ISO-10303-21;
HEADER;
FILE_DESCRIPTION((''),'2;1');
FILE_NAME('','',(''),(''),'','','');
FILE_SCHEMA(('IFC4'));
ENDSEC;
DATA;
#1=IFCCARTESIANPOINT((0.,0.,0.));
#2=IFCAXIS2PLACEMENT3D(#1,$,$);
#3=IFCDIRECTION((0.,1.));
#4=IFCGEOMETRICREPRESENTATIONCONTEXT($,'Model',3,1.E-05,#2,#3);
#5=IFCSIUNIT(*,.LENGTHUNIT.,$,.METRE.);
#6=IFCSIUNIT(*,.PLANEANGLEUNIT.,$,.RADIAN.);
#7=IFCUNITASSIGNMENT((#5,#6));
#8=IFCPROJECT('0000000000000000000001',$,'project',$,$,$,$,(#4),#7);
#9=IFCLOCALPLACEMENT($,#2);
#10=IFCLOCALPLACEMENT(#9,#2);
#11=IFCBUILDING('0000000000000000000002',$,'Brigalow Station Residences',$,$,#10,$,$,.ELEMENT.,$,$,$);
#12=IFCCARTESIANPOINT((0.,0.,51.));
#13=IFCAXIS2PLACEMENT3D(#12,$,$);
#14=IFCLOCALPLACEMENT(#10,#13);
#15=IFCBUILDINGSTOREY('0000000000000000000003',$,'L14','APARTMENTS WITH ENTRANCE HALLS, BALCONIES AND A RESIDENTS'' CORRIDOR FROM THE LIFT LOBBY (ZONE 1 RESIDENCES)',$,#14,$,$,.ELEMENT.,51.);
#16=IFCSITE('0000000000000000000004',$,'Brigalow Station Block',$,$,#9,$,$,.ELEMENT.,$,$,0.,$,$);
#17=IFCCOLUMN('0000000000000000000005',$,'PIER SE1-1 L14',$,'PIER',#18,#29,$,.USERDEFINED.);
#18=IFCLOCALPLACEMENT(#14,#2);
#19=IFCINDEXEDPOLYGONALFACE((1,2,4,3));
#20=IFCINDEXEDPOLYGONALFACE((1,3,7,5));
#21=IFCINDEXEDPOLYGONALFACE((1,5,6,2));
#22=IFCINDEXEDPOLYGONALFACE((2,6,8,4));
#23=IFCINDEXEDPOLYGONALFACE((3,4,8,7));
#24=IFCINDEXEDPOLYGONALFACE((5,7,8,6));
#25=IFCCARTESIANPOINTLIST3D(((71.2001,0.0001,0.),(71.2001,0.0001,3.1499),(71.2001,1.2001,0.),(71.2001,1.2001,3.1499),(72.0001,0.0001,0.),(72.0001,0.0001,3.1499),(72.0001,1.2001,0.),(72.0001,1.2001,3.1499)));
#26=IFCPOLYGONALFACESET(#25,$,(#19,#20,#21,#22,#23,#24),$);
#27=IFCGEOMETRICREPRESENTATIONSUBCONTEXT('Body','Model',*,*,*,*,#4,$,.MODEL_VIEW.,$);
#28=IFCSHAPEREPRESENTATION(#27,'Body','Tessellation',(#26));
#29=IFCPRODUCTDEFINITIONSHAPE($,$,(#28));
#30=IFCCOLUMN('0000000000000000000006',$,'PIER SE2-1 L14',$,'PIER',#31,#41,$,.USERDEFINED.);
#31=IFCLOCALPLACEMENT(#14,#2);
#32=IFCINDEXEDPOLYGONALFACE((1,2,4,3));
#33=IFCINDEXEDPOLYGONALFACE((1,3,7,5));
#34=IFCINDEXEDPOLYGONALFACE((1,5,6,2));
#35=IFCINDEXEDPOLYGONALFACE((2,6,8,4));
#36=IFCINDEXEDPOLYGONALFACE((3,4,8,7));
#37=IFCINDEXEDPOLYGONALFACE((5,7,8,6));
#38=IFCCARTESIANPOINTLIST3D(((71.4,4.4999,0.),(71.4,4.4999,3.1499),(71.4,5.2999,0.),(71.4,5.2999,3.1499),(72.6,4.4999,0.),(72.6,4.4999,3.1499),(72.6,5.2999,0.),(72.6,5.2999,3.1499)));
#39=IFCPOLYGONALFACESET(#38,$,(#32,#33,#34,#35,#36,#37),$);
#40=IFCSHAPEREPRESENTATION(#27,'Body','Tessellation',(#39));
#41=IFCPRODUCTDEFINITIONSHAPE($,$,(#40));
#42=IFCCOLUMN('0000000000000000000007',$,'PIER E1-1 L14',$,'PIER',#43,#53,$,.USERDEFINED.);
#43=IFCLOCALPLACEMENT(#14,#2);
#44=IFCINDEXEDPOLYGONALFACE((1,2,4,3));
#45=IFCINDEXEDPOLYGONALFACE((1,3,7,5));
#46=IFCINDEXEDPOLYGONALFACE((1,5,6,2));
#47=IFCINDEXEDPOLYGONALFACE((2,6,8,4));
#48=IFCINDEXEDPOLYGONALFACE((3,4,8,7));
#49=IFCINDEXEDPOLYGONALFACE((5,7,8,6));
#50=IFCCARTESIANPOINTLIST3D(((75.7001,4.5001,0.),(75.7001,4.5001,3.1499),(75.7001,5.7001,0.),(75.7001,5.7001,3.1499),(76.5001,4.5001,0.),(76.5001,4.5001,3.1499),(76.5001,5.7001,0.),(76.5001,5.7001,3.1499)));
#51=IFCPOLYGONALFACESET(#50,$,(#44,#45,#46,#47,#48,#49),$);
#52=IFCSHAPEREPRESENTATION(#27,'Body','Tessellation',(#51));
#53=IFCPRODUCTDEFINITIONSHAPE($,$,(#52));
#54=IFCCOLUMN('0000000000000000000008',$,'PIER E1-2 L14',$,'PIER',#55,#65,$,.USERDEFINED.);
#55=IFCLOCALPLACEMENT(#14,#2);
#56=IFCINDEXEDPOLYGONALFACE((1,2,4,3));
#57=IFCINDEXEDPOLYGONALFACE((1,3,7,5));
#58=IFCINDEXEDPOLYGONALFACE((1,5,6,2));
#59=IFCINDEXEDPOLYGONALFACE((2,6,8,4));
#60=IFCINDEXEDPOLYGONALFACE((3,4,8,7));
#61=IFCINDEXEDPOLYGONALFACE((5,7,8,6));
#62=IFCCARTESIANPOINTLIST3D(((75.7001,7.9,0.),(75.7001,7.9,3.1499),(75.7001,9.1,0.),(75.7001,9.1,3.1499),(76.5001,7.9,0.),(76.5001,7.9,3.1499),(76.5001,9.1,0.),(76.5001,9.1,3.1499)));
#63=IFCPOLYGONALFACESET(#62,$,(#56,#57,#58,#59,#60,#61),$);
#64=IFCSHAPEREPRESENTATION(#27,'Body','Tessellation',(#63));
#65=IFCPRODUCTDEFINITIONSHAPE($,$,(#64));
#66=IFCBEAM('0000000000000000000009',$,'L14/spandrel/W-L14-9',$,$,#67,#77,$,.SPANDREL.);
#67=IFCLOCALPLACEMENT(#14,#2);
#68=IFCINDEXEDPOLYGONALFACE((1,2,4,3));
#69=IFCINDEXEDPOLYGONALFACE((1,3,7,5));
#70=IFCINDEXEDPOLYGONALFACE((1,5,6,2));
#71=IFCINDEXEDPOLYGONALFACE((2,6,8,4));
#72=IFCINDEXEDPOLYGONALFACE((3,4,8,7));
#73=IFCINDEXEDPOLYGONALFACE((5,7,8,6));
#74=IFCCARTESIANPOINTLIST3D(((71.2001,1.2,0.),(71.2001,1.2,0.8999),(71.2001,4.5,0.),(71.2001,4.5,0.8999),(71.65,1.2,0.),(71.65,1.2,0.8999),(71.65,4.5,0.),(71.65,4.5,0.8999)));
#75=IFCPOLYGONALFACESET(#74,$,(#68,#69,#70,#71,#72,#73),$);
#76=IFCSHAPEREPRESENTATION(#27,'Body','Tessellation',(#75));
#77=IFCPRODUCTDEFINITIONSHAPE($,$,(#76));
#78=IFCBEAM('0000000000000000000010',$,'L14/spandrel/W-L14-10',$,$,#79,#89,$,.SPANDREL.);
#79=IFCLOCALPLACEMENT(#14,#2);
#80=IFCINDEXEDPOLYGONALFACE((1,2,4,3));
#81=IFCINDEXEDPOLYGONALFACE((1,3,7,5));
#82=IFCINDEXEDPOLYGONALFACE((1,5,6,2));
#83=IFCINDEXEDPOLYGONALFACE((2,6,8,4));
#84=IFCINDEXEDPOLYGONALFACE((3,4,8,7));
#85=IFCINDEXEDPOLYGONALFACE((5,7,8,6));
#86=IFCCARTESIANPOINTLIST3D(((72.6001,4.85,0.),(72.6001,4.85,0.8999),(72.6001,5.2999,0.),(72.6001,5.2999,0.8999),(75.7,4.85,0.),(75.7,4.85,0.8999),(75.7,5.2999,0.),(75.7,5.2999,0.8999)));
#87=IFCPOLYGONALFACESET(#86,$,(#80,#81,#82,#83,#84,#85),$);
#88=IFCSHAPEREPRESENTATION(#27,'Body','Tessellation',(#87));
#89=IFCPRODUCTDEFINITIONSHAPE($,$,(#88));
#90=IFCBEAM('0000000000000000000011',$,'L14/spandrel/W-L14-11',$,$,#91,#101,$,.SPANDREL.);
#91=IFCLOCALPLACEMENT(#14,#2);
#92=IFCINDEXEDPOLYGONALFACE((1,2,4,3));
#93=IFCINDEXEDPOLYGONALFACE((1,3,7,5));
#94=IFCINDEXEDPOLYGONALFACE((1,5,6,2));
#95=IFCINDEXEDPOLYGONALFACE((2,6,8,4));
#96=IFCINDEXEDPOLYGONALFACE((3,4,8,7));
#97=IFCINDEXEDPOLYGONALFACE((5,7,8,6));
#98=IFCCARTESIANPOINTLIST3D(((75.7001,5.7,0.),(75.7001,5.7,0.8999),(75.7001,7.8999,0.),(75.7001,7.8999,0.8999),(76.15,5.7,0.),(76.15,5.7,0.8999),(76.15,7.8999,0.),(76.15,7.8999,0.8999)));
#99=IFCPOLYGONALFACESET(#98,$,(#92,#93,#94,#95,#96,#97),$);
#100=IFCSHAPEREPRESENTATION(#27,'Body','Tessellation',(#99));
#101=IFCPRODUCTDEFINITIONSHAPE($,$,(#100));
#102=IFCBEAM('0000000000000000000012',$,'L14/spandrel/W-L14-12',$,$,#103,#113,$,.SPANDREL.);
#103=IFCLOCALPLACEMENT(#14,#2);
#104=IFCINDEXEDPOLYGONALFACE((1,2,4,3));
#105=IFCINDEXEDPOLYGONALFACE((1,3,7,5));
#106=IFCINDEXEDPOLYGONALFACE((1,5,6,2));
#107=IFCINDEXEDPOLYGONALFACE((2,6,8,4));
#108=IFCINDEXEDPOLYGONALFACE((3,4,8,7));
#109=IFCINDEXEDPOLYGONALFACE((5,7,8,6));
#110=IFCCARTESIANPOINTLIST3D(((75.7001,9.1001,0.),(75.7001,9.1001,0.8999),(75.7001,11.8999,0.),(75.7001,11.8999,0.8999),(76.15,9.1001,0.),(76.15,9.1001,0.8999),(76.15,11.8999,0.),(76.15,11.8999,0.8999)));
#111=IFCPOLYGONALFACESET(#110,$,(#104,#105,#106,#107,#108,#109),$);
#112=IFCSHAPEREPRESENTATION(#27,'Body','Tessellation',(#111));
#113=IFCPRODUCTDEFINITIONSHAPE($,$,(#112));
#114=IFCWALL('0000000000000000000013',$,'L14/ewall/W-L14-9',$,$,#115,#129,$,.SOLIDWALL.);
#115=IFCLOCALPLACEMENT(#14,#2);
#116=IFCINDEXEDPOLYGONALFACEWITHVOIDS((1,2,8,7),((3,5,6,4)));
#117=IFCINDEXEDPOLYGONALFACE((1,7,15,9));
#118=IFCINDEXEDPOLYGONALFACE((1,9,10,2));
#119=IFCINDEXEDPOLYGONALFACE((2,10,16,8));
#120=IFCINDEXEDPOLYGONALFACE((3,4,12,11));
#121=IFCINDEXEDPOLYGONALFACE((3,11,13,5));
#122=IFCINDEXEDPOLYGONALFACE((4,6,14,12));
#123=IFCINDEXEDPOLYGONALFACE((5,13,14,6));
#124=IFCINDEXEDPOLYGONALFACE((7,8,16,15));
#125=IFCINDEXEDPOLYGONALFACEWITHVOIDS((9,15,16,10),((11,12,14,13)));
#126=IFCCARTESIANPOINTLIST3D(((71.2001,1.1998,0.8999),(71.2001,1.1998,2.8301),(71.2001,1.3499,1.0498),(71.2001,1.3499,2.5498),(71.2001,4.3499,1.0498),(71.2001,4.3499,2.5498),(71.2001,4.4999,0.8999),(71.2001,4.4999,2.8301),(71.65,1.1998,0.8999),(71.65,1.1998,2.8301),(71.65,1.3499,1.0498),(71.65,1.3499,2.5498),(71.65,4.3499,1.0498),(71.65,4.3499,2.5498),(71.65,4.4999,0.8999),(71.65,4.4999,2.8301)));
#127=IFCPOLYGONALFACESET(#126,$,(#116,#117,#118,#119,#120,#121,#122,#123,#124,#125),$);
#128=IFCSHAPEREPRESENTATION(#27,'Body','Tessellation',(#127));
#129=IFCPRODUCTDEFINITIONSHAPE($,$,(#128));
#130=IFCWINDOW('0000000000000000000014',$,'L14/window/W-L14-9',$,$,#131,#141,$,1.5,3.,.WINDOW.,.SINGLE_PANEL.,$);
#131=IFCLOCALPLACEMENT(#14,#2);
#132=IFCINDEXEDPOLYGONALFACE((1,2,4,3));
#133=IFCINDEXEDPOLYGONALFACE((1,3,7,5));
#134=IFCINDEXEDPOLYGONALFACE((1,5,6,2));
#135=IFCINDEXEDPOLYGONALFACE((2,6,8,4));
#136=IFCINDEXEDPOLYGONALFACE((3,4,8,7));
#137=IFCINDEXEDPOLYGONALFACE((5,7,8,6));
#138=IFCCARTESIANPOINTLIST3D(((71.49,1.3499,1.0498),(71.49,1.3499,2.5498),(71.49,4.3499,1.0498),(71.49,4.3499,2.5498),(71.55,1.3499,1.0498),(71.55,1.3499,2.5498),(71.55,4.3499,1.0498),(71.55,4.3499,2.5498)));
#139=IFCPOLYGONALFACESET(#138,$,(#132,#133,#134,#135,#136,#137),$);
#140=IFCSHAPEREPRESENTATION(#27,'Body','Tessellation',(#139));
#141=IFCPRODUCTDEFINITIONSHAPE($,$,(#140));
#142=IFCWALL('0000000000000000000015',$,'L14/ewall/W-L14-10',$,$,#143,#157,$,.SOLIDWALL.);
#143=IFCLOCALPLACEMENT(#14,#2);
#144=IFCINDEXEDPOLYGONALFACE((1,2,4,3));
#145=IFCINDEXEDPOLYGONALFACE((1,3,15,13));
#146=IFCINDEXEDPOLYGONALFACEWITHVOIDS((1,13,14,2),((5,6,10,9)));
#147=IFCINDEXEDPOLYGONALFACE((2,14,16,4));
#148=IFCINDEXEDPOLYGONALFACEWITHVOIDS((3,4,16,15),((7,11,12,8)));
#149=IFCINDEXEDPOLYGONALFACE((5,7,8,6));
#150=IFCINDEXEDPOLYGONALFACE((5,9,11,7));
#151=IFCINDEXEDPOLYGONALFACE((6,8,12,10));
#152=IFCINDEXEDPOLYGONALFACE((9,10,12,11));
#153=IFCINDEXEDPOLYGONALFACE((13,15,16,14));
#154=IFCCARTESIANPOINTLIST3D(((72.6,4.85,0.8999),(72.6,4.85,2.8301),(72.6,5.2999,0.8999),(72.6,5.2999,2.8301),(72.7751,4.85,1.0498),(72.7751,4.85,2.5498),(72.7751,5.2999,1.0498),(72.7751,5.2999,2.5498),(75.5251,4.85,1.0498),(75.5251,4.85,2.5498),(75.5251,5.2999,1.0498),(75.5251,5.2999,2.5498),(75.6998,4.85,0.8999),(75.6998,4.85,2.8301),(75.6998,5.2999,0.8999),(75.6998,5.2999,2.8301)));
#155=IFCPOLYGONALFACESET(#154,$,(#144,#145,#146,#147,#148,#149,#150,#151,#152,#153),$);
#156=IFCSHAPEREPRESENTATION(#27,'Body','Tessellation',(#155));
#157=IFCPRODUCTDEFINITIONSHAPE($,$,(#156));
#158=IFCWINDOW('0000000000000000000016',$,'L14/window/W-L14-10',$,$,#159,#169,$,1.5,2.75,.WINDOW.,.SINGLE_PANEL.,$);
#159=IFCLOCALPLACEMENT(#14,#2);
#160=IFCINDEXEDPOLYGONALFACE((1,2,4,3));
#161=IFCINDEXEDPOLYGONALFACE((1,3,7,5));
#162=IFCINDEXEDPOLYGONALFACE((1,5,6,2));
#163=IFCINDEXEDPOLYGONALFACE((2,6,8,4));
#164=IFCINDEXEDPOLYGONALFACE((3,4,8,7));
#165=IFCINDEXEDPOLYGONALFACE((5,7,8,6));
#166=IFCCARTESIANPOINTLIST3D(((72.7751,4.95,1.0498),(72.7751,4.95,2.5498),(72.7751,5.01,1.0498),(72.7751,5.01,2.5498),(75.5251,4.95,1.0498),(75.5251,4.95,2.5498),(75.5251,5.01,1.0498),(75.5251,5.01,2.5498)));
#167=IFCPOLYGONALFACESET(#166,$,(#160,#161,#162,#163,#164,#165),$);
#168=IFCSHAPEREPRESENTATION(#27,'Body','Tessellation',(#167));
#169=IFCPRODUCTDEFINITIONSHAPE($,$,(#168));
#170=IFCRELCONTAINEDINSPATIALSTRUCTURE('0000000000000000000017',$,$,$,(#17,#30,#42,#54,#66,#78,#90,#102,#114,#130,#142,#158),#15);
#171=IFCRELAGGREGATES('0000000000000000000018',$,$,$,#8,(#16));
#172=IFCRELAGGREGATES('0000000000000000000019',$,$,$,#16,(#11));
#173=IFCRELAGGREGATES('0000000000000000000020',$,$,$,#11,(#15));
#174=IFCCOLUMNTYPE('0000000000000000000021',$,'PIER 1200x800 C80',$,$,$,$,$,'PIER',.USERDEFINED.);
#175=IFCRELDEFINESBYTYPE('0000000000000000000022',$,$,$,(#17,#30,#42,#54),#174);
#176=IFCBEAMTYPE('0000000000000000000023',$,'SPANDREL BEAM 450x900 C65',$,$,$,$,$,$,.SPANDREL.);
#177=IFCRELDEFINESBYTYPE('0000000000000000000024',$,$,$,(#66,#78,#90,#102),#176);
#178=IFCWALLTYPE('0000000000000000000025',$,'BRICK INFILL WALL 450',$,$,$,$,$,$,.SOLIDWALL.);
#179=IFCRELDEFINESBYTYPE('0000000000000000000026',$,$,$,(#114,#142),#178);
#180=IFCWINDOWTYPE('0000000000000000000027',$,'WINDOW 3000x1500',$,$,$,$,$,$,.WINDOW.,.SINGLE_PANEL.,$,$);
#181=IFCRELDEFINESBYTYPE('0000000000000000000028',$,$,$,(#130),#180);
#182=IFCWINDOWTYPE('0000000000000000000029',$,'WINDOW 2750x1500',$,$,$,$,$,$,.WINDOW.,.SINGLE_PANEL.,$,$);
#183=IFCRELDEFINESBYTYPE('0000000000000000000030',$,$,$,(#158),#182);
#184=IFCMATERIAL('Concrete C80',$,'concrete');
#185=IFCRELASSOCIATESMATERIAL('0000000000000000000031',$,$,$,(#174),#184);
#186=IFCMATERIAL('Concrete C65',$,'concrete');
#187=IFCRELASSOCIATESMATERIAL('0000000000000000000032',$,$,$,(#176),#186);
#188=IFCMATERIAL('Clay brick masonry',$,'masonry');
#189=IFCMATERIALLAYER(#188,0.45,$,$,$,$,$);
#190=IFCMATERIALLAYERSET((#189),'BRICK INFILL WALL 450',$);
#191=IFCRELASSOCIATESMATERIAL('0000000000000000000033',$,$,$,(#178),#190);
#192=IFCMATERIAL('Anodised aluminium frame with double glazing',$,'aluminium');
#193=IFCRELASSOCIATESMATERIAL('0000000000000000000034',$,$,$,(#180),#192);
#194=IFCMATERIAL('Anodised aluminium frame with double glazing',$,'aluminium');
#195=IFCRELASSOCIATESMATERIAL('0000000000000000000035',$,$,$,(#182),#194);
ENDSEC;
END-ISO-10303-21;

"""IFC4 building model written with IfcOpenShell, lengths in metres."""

from ifc_helpers import new_model, si_unit, direction, frame, frame_2d, origin, origin_2d, place, context, subcontext, project, spatial, rectangle, extrude, material, layer, layer_set, material_profile, profile_set, type_object, element, fill, save


model = new_model("IFC4")

# Units and contexts
model_context = context("Model", 3, precision=1e-05, world=origin(), true_north=direction((0.0, 1.0)))
body_context = subcontext(model_context, "Body", "Model", "MODEL_VIEW")
ifc_project = project(units=[si_unit("LENGTHUNIT", "METRE"), si_unit("PLANEANGLEUNIT", "RADIAN")], contexts=[model_context])

# Site, building, storey
site_placement = place(None, origin())
site = spatial("IfcSite", under=ifc_project, at=site_placement, Name="Brigalow Station Block", CompositionType="ELEMENT", RefElevation=0.0)
building_placement = place(site_placement, origin())
building = spatial("IfcBuilding", under=site, at=building_placement, Name="Brigalow Station Residences", CompositionType="ELEMENT")
storey_placement = place(building_placement, frame((0.0, 0.0, 51.0)))
storey = spatial("IfcBuildingStorey", under=building, at=storey_placement, Name="L14", Description="APARTMENTS WITH ENTRANCE HALLS, BALCONIES AND A RESIDENTS' CORRIDOR FROM THE LIFT LOBBY (ZONE 1 RESIDENCES)", CompositionType="ELEMENT", Elevation=51.0)

# Columns
ifc_material_1 = material(Name="Concrete C80", Category="concrete")
ifc_material_profile_1 = material_profile(ifc_material_1, rectangle(XDim=1.2, YDim=0.8, at=origin_2d()), Name="RC1200x800")
ifc_profile_set_1 = profile_set([ifc_material_profile_1], Name="Concrete C80")
column_type = type_object("IfcColumnType", Name="PIER 1200x800 C80", ElementType="PIER", PredefinedType="USERDEFINED", material=ifc_profile_set_1)
for number, where, z_axis, x_axis, name in (
    (1, (71.6001, 0.6001, 0.0), (0.0, 0.0, 1.0), (0.0, 1.0, 0.0), "PIER SE1-1 L14"),
    (2, (72.0, 4.8999, 0.0), (0.0, 0.0, 1.0), (1.0, 0.0, 0.0), "PIER SE2-1 L14"),
    (3, (76.1001, 5.1001, 0.0), (0.0, 0.0, 1.0), (0.0, 1.0, 0.0), "PIER E1-1 L14"),
    (4, (76.1001, 8.5, 0.0), (0.0, 0.0, 1.0), (0.0, 1.0, 0.0), "PIER E1-2 L14"),
):
    element("IfcColumn", number, at=place(storey_placement, frame(where, z_axis=z_axis, x_axis=x_axis)), inside=storey, type_object=column_type, Name=name, ObjectType="PIER", PredefinedType="USERDEFINED", context=body_context, shape_type="SweptSolid", body=[
        extrude(rectangle(XDim=1.2, YDim=0.8, at=origin_2d()), origin(), (0.0, 0.0, 1.0), 3.1499),
    ])

# Beams
ifc_material_2 = material(Name="Concrete C65", Category="concrete")
ifc_material_profile_2 = material_profile(ifc_material_2, rectangle(XDim=0.45, YDim=0.8999, at=origin_2d()), Name="RC450x900")
ifc_profile_set_2 = profile_set([ifc_material_profile_2], Name="Concrete C65")
beam_type = type_object("IfcBeamType", Name="SPANDREL BEAM 450x900 C65", PredefinedType="SPANDREL", material=ifc_profile_set_2)
beam_1_placement = place(storey_placement, frame((71.425, 1.2, 0.45), z_axis=(0.0, 1.0, 0.0), x_axis=(-1.0, 0.0, 0.0)))
element("IfcBeam", 5, at=beam_1_placement, inside=storey, type_object=beam_type, Name="L14/spandrel/W-L14-9", PredefinedType="SPANDREL", context=body_context, shape_type="SweptSolid", body=[
    extrude(rectangle(XDim=0.45, YDim=0.8999, at=origin_2d()), origin(), (0.0, 0.0, 1.0), 3.3),
])
beam_2_placement = place(storey_placement, frame((72.6001, 5.075, 0.45), z_axis=(1.0, 0.0, 0.0), x_axis=(0.0, 1.0, 0.0)))
element("IfcBeam", 6, at=beam_2_placement, inside=storey, type_object=beam_type, Name="L14/spandrel/W-L14-10", PredefinedType="SPANDREL", context=body_context, shape_type="SweptSolid", body=[
    extrude(rectangle(XDim=0.45, YDim=0.8999, at=origin_2d()), origin(), (0.0, 0.0, 1.0), 3.0999),
])
beam_3_placement = place(storey_placement, frame((75.925, 5.7, 0.45), z_axis=(0.0, 1.0, 0.0), x_axis=(-1.0, 0.0, 0.0)))
element("IfcBeam", 7, at=beam_3_placement, inside=storey, type_object=beam_type, Name="L14/spandrel/W-L14-11", PredefinedType="SPANDREL", context=body_context, shape_type="SweptSolid", body=[
    extrude(rectangle(XDim=0.45, YDim=0.8999, at=origin_2d()), origin(), (0.0, 0.0, 1.0), 2.2),
])
beam_4_placement = place(storey_placement, frame((75.925, 9.1001, 0.45), z_axis=(0.0, 1.0, 0.0), x_axis=(-1.0, 0.0, 0.0)))
element("IfcBeam", 8, at=beam_4_placement, inside=storey, type_object=beam_type, Name="L14/spandrel/W-L14-12", PredefinedType="SPANDREL", context=body_context, shape_type="SweptSolid", body=[
    extrude(rectangle(XDim=0.45, YDim=0.8999, at=origin_2d()), origin(), (0.0, 0.0, 1.0), 2.7998),
])

# Walls, openings, windows
ifc_material_3 = material(Name="Clay brick masonry", Category="masonry")
ifc_layer_1 = layer(ifc_material_3, 0.45)
ifc_layer_set_1 = layer_set([ifc_layer_1], Name="BRICK INFILL WALL 450")
wall_type_1 = type_object("IfcWallType", Name="BRICK INFILL WALL 450", PredefinedType="SOLIDWALL", material=ifc_layer_set_1)
wall_1_placement = place(storey_placement, frame((71.425, 1.2, 0.8999), z_axis=(0.0, 0.0, 1.0), x_axis=(0.0, 1.0, 0.0)))
wall_1 = element("IfcWall", 9, at=wall_1_placement, inside=storey, type_object=wall_type_1, Name="L14/ewall/W-L14-9", PredefinedType="SOLIDWALL", context=body_context, shape_type="SweptSolid", body=[
    extrude(rectangle(XDim=3.3, YDim=0.45, at=frame_2d((1.6499, 0.0))), origin(), (0.0, 0.0, 1.0), 1.9302),
])
opening_1_placement = place(wall_1_placement, frame((0.1499, 0.0, 0.1499)))
opening_1 = element("IfcOpeningElement", 10, at=opening_1_placement, cuts=wall_1, PredefinedType="OPENING", context=body_context, shape_type="SweptSolid", body=[
    extrude(rectangle(XDim=3.0, YDim=1.5, at=frame_2d((1.5, 0.75))), frame((0.0, 0.2349, 0.0), z_axis=(0.0, -1.0, 0.0), x_axis=(1.0, 0.0, 0.0)), (0.0, 0.0, 1.0), 0.47),
])
ifc_material_4 = material(Name="Anodised aluminium frame with double glazing", Category="aluminium")
window_type_1 = type_object("IfcWindowType", Name="WINDOW 3000x1500", PartitioningType="SINGLE_PANEL", PredefinedType="WINDOW", material=ifc_material_4)
window_1_placement = place(opening_1_placement, origin())
window_1 = element("IfcWindow", 11, at=window_1_placement, inside=storey, type_object=window_type_1, Name="L14/window/W-L14-9", OverallHeight=1.5, OverallWidth=3.0, PartitioningType="SINGLE_PANEL", PredefinedType="WINDOW", context=body_context, shape_type="SweptSolid", body=[
    extrude(rectangle(XDim=3.0, YDim=1.5, at=frame_2d((1.5, 0.75))), frame((0.0, -0.0649, 0.0), z_axis=(0.0, -1.0, 0.0), x_axis=(1.0, 0.0, 0.0)), (0.0, 0.0, 1.0), 0.0601),
])
fill(opening_1, window_1)
wall_2_placement = place(storey_placement, frame((72.6001, 5.075, 0.8999), z_axis=(0.0, 0.0, 1.0), x_axis=(1.0, 0.0, 0.0)))
wall_2 = element("IfcWall", 12, at=wall_2_placement, inside=storey, type_object=wall_type_1, Name="L14/ewall/W-L14-10", PredefinedType="SOLIDWALL", context=body_context, shape_type="SweptSolid", body=[
    extrude(rectangle(XDim=3.0999, YDim=0.45, at=frame_2d((1.5498, 0.0))), origin(), (0.0, 0.0, 1.0), 1.9302),
])
opening_2_placement = place(wall_2_placement, frame((0.175, 0.0, 0.1499)))
opening_2 = element("IfcOpeningElement", 13, at=opening_2_placement, cuts=wall_2, PredefinedType="OPENING", context=body_context, shape_type="SweptSolid", body=[
    extrude(rectangle(XDim=2.75, YDim=1.5, at=frame_2d((1.375, 0.75))), frame((0.0, 0.2349, 0.0), z_axis=(0.0, -1.0, 0.0), x_axis=(1.0, 0.0, 0.0)), (0.0, 0.0, 1.0), 0.47),
])
ifc_material_5 = material(Name="Anodised aluminium frame with double glazing", Category="aluminium")
window_type_2 = type_object("IfcWindowType", Name="WINDOW 2750x1500", PartitioningType="SINGLE_PANEL", PredefinedType="WINDOW", material=ifc_material_5)
window_2_placement = place(opening_2_placement, origin())
window_2 = element("IfcWindow", 14, at=window_2_placement, inside=storey, type_object=window_type_2, Name="L14/window/W-L14-10", OverallHeight=1.5, OverallWidth=2.75, PartitioningType="SINGLE_PANEL", PredefinedType="WINDOW", context=body_context, shape_type="SweptSolid", body=[
    extrude(rectangle(XDim=2.75, YDim=1.5, at=frame_2d((1.375, 0.75))), frame((0.0, -0.0649, 0.0), z_axis=(0.0, -1.0, 0.0), x_axis=(1.0, 0.0, 0.0)), (0.0, 0.0, 1.0), 0.0601),
])
fill(opening_2, window_2)

save(model, "model.ifc")
